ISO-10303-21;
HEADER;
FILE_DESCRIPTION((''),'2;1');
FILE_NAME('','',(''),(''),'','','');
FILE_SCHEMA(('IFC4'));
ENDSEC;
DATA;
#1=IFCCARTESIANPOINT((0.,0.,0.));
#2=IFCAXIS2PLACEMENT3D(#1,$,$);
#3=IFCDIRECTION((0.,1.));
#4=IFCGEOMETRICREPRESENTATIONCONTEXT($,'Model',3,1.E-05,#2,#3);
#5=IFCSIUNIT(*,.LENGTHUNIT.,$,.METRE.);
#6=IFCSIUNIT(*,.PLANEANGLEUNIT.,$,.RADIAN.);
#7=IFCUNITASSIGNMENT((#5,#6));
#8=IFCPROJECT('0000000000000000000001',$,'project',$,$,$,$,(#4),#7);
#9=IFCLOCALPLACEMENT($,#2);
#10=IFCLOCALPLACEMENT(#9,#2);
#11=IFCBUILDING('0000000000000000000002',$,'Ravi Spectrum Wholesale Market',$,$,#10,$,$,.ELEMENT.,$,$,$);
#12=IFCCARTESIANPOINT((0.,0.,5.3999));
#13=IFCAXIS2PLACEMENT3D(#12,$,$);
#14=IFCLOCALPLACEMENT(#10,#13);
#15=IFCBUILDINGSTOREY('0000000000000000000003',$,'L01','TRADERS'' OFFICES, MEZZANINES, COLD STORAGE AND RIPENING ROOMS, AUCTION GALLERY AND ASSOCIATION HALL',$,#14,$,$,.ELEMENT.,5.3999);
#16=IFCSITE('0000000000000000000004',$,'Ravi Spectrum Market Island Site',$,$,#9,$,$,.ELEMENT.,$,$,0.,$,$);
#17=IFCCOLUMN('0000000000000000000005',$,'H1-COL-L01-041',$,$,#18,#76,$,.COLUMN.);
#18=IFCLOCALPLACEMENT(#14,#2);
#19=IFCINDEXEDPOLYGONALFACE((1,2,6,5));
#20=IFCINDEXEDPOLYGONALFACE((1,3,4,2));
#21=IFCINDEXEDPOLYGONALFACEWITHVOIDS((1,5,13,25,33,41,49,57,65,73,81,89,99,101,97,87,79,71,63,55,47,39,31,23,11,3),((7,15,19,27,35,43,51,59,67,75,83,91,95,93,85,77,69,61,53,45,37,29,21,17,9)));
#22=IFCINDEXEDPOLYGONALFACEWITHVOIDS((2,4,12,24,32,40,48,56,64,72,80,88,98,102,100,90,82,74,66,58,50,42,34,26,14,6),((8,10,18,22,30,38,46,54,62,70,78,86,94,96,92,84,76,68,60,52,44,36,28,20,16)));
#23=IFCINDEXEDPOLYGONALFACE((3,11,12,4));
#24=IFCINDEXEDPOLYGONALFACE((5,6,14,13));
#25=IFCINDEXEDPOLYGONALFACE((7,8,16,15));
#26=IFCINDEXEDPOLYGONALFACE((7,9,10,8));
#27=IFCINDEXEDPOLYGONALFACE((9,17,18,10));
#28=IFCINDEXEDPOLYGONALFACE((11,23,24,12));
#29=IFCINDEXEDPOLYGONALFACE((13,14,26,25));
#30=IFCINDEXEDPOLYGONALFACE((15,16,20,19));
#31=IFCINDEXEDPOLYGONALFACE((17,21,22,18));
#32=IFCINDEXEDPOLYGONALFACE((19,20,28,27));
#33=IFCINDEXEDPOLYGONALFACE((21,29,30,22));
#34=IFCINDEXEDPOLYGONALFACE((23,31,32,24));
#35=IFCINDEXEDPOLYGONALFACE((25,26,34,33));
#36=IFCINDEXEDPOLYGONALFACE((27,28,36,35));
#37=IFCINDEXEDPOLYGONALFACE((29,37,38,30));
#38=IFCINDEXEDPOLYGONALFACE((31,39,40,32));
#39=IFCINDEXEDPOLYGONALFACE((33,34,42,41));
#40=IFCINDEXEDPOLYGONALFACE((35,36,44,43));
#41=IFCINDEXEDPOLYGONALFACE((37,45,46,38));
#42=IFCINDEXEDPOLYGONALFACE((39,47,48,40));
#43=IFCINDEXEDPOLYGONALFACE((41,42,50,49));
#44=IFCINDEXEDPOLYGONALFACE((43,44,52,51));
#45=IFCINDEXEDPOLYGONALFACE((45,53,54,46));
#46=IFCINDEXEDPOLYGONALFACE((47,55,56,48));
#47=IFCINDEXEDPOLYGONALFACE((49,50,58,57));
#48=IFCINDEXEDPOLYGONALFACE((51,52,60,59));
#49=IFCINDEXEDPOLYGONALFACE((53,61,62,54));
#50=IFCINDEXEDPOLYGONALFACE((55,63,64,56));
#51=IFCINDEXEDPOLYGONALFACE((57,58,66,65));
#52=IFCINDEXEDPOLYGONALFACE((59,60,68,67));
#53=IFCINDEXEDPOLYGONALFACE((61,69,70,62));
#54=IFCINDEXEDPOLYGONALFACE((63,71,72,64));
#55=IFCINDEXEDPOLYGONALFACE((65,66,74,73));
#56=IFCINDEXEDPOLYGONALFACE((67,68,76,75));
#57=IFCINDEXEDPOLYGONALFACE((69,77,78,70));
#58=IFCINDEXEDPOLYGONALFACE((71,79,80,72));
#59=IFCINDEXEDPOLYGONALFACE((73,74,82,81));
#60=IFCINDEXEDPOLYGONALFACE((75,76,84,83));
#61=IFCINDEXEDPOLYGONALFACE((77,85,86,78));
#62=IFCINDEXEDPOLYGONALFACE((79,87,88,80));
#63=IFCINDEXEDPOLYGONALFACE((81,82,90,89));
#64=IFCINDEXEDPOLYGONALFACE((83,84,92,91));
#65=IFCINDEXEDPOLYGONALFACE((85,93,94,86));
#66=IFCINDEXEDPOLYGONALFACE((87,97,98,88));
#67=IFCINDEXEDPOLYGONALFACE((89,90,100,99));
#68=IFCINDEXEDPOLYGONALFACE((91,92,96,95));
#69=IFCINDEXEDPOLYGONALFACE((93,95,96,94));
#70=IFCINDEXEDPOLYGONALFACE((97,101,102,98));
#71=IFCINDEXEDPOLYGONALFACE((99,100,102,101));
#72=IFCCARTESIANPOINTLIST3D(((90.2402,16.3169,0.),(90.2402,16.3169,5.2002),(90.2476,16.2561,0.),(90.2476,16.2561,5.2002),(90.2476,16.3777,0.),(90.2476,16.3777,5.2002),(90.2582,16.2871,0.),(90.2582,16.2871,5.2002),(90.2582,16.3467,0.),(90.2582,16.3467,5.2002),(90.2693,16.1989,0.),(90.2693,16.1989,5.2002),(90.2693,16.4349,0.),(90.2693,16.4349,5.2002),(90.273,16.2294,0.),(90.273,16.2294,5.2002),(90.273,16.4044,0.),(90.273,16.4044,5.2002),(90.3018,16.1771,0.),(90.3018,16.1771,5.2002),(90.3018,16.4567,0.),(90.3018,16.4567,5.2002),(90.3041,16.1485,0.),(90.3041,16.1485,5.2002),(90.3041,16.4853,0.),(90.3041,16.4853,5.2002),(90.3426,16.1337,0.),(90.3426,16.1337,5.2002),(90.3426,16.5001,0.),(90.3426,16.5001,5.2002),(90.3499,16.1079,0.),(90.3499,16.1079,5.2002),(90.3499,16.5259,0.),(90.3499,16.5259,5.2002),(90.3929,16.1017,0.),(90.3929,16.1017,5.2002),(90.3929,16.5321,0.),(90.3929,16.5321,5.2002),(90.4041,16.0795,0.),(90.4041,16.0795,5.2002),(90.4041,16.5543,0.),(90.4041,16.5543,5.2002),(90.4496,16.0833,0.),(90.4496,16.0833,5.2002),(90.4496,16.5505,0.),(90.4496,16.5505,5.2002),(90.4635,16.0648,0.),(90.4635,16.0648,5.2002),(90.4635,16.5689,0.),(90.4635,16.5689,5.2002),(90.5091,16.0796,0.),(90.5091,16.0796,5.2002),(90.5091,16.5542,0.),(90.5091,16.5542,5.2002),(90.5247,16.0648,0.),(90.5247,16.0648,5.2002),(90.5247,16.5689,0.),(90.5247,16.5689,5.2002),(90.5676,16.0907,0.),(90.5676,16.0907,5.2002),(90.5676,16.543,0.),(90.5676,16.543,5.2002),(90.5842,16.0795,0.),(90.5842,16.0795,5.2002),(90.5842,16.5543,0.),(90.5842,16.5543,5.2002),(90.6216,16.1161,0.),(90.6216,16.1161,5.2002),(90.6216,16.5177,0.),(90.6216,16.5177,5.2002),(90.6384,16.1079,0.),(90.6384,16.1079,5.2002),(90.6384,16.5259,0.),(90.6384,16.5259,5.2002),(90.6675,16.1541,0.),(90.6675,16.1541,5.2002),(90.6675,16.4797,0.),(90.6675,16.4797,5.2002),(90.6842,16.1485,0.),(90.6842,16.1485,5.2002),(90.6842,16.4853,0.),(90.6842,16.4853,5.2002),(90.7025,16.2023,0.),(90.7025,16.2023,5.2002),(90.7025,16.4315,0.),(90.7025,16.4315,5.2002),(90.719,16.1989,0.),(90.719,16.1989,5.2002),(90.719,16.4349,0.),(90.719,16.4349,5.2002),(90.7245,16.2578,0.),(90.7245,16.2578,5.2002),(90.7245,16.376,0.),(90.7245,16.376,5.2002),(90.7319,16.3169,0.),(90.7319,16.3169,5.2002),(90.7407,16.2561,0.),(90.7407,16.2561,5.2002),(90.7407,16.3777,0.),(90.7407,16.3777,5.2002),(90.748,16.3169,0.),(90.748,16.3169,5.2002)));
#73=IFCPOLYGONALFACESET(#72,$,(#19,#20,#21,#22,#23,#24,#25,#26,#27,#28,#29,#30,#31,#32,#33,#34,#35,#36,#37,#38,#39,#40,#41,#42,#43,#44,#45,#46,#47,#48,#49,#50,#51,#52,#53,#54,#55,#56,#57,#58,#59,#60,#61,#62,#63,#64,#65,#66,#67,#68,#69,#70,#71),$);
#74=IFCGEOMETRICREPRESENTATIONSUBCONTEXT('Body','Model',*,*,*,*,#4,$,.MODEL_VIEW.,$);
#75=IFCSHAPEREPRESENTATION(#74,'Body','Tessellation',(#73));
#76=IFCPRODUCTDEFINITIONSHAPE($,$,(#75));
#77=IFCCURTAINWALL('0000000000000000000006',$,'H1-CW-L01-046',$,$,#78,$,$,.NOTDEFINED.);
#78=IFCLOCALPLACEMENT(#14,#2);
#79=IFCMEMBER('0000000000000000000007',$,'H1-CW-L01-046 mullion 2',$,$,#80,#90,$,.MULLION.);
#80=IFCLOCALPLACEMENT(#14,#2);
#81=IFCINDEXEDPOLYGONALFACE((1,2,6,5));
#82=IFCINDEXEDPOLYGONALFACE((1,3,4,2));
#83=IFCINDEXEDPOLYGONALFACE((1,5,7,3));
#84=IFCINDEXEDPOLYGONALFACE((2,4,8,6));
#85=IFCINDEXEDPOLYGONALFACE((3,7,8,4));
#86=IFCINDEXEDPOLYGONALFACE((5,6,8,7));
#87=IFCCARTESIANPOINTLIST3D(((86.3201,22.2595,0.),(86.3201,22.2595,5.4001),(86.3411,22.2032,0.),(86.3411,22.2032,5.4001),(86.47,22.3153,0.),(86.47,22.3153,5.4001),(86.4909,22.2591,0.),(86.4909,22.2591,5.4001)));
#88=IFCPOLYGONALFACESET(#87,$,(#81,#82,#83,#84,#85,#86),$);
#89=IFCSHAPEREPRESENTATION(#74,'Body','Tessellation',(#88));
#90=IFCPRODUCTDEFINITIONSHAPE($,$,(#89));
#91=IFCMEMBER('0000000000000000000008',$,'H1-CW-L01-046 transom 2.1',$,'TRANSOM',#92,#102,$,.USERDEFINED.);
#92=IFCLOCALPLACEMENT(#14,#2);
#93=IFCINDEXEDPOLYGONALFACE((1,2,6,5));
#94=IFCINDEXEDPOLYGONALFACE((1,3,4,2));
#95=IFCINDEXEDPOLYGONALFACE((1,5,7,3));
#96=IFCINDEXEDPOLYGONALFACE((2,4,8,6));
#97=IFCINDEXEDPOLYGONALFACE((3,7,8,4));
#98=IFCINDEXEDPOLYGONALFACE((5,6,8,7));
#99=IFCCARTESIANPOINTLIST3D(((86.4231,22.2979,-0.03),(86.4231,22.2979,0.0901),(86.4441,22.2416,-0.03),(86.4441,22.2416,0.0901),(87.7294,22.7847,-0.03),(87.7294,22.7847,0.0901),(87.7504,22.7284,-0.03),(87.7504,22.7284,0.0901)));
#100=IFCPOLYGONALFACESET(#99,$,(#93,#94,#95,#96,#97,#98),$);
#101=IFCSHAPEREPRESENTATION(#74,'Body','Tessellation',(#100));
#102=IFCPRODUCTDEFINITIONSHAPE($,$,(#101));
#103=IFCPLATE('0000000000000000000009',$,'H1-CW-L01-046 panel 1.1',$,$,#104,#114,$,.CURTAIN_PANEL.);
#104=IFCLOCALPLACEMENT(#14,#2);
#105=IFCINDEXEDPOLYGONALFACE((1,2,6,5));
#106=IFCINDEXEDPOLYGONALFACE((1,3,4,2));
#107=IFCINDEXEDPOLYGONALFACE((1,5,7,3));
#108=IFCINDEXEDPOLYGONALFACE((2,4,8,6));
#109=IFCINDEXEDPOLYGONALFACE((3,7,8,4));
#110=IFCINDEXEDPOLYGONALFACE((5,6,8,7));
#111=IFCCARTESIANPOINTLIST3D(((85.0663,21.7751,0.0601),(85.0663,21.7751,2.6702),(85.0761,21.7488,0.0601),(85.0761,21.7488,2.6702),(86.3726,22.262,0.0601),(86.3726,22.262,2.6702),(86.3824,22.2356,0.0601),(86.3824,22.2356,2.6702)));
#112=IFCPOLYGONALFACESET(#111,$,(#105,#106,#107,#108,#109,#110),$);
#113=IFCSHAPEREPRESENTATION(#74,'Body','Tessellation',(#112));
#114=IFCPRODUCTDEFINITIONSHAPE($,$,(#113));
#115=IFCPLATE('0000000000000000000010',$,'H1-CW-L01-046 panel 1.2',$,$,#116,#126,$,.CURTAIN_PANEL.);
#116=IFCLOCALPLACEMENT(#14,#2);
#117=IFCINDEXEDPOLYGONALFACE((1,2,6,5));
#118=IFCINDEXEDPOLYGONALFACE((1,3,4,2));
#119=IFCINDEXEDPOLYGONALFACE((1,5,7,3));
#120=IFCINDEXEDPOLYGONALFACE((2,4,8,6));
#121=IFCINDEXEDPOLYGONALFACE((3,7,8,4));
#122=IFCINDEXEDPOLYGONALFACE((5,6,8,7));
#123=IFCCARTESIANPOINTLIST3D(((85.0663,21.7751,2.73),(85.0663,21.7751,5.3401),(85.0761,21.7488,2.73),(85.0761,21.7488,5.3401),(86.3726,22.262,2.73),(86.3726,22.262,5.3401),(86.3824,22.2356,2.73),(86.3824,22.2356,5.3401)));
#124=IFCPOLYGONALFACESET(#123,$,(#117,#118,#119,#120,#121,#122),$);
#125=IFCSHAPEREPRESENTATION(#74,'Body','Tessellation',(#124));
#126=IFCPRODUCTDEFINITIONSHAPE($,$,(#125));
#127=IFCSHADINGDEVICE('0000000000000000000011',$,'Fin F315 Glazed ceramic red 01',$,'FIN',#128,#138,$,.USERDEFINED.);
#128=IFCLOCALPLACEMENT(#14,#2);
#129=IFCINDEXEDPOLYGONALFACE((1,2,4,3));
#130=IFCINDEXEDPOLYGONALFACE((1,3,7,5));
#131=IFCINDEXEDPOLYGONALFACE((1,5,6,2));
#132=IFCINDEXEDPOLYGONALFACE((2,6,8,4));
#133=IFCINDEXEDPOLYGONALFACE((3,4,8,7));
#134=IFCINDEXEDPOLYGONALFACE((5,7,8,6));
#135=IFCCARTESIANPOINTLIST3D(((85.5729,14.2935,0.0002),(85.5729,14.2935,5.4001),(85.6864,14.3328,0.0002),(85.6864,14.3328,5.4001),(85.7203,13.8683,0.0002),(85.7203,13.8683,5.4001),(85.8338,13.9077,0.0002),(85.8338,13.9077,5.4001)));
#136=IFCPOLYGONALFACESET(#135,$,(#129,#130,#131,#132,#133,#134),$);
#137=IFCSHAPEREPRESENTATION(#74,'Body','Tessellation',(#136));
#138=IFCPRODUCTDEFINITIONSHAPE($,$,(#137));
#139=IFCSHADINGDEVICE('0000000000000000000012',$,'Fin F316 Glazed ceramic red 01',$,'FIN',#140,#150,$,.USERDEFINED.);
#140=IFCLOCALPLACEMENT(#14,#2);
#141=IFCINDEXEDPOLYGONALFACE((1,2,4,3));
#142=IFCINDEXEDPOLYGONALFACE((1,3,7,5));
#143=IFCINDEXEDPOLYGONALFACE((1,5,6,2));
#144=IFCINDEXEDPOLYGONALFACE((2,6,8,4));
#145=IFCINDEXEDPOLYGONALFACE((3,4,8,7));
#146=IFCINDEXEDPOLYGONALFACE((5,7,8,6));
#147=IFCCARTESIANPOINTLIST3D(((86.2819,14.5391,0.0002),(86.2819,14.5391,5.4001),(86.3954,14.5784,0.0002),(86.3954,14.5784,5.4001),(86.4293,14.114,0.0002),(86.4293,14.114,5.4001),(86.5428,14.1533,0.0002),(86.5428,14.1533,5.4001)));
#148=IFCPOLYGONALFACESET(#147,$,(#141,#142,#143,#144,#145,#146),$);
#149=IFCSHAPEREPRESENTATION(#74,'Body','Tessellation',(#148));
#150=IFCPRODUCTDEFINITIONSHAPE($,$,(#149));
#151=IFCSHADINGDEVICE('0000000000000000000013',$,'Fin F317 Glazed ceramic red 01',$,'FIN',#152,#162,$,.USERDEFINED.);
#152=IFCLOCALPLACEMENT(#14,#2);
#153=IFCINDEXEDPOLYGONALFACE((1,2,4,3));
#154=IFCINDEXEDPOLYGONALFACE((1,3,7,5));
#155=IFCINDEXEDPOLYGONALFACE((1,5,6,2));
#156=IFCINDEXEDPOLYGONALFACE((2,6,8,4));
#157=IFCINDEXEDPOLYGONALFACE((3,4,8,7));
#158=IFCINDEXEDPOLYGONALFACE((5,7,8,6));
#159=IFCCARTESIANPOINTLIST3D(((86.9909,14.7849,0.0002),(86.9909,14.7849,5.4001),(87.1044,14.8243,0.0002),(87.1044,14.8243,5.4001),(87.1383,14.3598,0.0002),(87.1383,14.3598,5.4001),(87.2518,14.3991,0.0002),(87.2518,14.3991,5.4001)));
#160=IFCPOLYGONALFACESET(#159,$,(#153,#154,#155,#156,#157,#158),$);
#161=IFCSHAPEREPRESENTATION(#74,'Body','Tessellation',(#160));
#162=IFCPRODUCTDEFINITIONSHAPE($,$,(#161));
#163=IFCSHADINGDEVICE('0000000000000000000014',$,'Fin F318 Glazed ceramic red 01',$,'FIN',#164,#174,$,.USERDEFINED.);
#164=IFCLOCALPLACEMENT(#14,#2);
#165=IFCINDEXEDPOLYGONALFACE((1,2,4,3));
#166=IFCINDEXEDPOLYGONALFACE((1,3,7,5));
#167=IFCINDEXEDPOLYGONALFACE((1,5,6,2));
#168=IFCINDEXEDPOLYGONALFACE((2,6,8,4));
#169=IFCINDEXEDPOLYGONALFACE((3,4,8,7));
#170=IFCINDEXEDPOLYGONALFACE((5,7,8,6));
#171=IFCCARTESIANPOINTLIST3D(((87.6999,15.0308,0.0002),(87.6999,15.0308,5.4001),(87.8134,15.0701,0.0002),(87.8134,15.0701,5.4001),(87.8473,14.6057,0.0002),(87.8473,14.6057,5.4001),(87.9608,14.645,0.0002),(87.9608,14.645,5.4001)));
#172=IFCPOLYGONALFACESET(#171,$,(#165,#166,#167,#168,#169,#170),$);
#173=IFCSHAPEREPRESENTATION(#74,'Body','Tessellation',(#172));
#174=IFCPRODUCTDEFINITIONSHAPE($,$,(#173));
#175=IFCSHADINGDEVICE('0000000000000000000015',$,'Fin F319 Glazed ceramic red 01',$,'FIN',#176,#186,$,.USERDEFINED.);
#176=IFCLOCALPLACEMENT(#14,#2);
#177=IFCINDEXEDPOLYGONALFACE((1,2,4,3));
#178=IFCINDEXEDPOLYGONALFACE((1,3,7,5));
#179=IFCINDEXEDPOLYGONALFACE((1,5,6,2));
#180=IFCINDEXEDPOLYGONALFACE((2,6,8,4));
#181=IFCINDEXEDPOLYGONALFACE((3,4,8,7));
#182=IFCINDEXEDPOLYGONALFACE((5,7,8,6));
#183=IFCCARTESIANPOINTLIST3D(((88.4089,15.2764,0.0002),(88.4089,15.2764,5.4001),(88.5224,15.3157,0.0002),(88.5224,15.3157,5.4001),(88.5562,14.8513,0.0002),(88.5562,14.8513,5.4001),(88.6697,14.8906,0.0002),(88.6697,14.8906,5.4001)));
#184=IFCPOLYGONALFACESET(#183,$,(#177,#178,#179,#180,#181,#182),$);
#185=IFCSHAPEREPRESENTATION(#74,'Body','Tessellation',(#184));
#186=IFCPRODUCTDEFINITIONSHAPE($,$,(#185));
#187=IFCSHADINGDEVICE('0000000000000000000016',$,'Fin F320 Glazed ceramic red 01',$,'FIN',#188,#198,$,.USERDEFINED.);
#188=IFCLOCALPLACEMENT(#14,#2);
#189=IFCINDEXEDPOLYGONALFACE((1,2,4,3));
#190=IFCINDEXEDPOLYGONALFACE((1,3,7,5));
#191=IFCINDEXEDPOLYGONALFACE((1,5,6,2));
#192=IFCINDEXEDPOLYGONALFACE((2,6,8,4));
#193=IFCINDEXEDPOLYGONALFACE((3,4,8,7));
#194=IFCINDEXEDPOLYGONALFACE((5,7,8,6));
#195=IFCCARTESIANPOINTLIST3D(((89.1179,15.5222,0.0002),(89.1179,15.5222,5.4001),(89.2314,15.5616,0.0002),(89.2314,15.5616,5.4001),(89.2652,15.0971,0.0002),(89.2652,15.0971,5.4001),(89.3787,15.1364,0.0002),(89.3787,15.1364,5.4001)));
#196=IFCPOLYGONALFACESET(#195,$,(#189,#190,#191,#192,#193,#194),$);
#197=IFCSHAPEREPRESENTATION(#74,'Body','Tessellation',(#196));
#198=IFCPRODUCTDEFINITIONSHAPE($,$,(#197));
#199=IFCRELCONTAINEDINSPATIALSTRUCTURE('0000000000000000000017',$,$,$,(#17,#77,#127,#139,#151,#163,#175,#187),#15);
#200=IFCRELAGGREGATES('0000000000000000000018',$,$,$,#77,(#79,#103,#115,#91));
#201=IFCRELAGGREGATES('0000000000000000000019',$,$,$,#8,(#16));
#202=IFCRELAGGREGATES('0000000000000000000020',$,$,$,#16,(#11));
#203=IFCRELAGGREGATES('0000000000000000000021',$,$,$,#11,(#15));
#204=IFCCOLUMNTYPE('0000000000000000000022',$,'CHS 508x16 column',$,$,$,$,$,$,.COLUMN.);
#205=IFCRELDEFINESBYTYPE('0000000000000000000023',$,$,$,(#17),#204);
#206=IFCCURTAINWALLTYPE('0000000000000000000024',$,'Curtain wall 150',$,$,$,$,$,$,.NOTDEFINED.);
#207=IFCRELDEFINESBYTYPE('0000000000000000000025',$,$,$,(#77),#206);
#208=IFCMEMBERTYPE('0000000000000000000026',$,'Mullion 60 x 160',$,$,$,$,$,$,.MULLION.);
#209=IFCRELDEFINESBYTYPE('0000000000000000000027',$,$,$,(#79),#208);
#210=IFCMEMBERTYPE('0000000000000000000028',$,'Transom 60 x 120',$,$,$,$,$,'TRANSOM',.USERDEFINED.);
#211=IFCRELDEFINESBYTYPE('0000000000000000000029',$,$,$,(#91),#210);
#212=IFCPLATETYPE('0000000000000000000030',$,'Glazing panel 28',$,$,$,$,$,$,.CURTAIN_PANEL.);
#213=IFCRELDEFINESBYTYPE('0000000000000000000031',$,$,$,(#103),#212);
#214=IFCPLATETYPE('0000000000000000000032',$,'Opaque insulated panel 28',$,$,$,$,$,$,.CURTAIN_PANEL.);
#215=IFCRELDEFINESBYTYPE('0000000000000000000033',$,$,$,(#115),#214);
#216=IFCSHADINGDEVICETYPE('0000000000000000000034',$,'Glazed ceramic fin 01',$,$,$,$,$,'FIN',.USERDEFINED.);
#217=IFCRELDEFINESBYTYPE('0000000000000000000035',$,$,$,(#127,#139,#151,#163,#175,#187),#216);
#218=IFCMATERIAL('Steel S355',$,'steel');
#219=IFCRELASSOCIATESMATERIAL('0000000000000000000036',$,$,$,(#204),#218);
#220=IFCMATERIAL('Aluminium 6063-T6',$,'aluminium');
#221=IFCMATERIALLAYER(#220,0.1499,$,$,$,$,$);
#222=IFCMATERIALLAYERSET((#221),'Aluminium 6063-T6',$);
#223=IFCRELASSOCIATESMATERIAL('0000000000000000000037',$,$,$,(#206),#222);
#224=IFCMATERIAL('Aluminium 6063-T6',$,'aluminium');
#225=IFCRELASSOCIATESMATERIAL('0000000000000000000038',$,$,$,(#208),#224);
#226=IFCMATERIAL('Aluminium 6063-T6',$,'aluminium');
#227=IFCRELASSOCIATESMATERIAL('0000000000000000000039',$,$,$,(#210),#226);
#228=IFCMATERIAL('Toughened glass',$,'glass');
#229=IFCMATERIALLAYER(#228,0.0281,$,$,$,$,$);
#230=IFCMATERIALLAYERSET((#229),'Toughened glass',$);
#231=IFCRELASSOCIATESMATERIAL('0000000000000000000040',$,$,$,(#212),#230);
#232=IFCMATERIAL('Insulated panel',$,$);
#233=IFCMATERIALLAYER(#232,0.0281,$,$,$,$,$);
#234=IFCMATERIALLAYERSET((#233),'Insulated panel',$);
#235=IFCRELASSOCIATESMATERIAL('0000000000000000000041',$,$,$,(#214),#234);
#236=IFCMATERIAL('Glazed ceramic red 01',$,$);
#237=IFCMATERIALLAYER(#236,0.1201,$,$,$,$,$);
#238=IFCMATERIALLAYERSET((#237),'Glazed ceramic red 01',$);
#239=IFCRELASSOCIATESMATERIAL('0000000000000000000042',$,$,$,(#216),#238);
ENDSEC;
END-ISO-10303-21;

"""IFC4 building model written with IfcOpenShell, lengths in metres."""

from ifc_helpers import new_model, si_unit, direction, frame, origin, origin_2d, place, context, subcontext, project, spatial, rectangle, hollow_circle, extrude, material, layer, layer_set, material_profile, profile_set, type_object, element, aggregate, save


model = new_model("IFC4")

# Units and contexts
model_context = context("Model", 3, precision=1e-05, world=origin(), true_north=direction((0.0, 1.0)))
body_context = subcontext(model_context, "Body", "Model", "MODEL_VIEW")
ifc_project = project(units=[si_unit("LENGTHUNIT", "METRE"), si_unit("PLANEANGLEUNIT", "RADIAN")], contexts=[model_context])

# Site, building, storey
site_placement = place(None, origin())
site = spatial("IfcSite", under=ifc_project, at=site_placement, Name="Ravi Spectrum Market Island Site", CompositionType="ELEMENT", RefElevation=0.0)
building_placement = place(site_placement, origin())
building = spatial("IfcBuilding", under=site, at=building_placement, Name="Ravi Spectrum Wholesale Market", CompositionType="ELEMENT")
storey_placement = place(building_placement, frame((0.0, 0.0, 5.3999)))
storey = spatial("IfcBuildingStorey", under=building, at=storey_placement, Name="L01", Description="TRADERS' OFFICES, MEZZANINES, COLD STORAGE AND RIPENING ROOMS, AUCTION GALLERY AND ASSOCIATION HALL", CompositionType="ELEMENT", Elevation=5.3999)

# Column
ifc_material_1 = material(Name="Steel S355", Category="steel")
ifc_material_profile_1 = material_profile(ifc_material_1, hollow_circle(Radius=0.2539, WallThickness=0.0161, at=origin_2d()))
ifc_profile_set_1 = profile_set([ifc_material_profile_1], Name="Steel S355")
column_type = type_object("IfcColumnType", Name="CHS 508x16 column", PredefinedType="COLUMN", material=ifc_profile_set_1)
column_placement = place(storey_placement, frame((90.4941, 16.3169, 0.0), z_axis=(0.0, 0.0, 1.0), x_axis=(1.0, 0.0, 0.0)))
element("IfcColumn", 1, at=column_placement, inside=storey, type_object=column_type, Name="H1-COL-L01-041", PredefinedType="COLUMN", context=body_context, shape_type="SweptSolid", body=[
    extrude(hollow_circle(Radius=0.2539, WallThickness=0.0161, at=origin_2d()), origin(), (0.0, 0.0, 1.0), 5.2002),
])

# Curtain wall, members, plates
ifc_material_2 = material(Name="Aluminium 6063-T6", Category="aluminium")
ifc_layer_1 = layer(ifc_material_2, 0.1499)
ifc_layer_set_1 = layer_set([ifc_layer_1], Name="Aluminium 6063-T6")
curtain_wall_type = type_object("IfcCurtainWallType", Name="Curtain wall 150", PredefinedType="NOTDEFINED", material=ifc_layer_set_1)
curtain_wall_placement = place(storey_placement, origin())
curtain_wall = element("IfcCurtainWall", 2, at=curtain_wall_placement, inside=storey, type_object=curtain_wall_type, Name="H1-CW-L01-046", PredefinedType="NOTDEFINED")
ifc_material_3 = material(Name="Aluminium 6063-T6", Category="aluminium")
ifc_material_profile_2 = material_profile(ifc_material_3, rectangle(XDim=0.0601, YDim=0.1599, at=origin_2d()))
ifc_profile_set_2 = profile_set([ifc_material_profile_2], Name="Aluminium 6063-T6")
member_type_1 = type_object("IfcMemberType", Name="Mullion 60 x 160", PredefinedType="MULLION", material=ifc_profile_set_2)
member_1_placement = place(storey_placement, frame((86.4055, 22.2593, 0.0), z_axis=(0.0, 0.0, 1.0), x_axis=(-0.349238, 0.937034, 0.0)))
member_1 = element("IfcMember", 3, at=member_1_placement, type_object=member_type_1, Name="H1-CW-L01-046 mullion 2", PredefinedType="MULLION", context=body_context, shape_type="SweptSolid", body=[
    extrude(rectangle(XDim=0.0601, YDim=0.1599, at=origin_2d()), origin(), (0.0, 0.0, 1.0), 5.4001),
])
ifc_material_4 = material(Name="Aluminium 6063-T6", Category="aluminium")
ifc_material_profile_3 = material_profile(ifc_material_4, rectangle(XDim=0.0601, YDim=0.1201, at=origin_2d()))
ifc_profile_set_3 = profile_set([ifc_material_profile_3], Name="Aluminium 6063-T6")
member_type_2 = type_object("IfcMemberType", Name="Transom 60 x 120", ElementType="TRANSOM", PredefinedType="USERDEFINED", material=ifc_profile_set_3)
member_2_placement = place(storey_placement, frame((86.4336, 22.2698, 0.03), z_axis=(0.937054, 0.349184, 0.0), x_axis=(-0.349184, 0.937054, 0.0)))
member_2 = element("IfcMember", 4, at=member_2_placement, type_object=member_type_2, Name="H1-CW-L01-046 transom 2.1", ObjectType="TRANSOM", PredefinedType="USERDEFINED", context=body_context, shape_type="SweptSolid", body=[
    extrude(rectangle(XDim=0.0601, YDim=0.1201, at=origin_2d()), origin(), (0.0, 0.0, 1.0), 1.394),
])
ifc_material_5 = material(Name="Toughened glass", Category="glass")
ifc_layer_2 = layer(ifc_material_5, 0.0281)
ifc_layer_set_2 = layer_set([ifc_layer_2], Name="Toughened glass")
plate_type_1 = type_object("IfcPlateType", Name="Glazing panel 28", PredefinedType="CURTAIN_PANEL", material=ifc_layer_set_2)
plate_1_placement = place(storey_placement, frame((85.7244, 22.0054, 0.0601), z_axis=(0.0, 0.0, 1.0), x_axis=(0.937034, 0.349238, 0.0)))
plate_1 = element("IfcPlate", 5, at=plate_1_placement, type_object=plate_type_1, Name="H1-CW-L01-046 panel 1.1", PredefinedType="CURTAIN_PANEL", context=body_context, shape_type="SweptSolid", body=[
    extrude(rectangle(XDim=1.394, YDim=0.0281, at=origin_2d()), origin(), (0.0, 0.0, 1.0), 2.6101),
])
ifc_material_6 = material(Name="Insulated panel")
ifc_layer_3 = layer(ifc_material_6, 0.0281)
ifc_layer_set_3 = layer_set([ifc_layer_3], Name="Insulated panel")
plate_type_2 = type_object("IfcPlateType", Name="Opaque insulated panel 28", PredefinedType="CURTAIN_PANEL", material=ifc_layer_set_3)
plate_2_placement = place(storey_placement, frame((85.7244, 22.0054, 2.73), z_axis=(0.0, 0.0, 1.0), x_axis=(0.937034, 0.349238, 0.0)))
plate_2 = element("IfcPlate", 6, at=plate_2_placement, type_object=plate_type_2, Name="H1-CW-L01-046 panel 1.2", PredefinedType="CURTAIN_PANEL", context=body_context, shape_type="SweptSolid", body=[
    extrude(rectangle(XDim=1.394, YDim=0.0281, at=origin_2d()), origin(), (0.0, 0.0, 1.0), 2.6101),
])
aggregate(curtain_wall, [member_1, plate_1, plate_2, member_2])

# Shading devices
ifc_material_7 = material(Name="Glazed ceramic red 01")
ifc_layer_4 = layer(ifc_material_7, 0.1201)
ifc_layer_set_4 = layer_set([ifc_layer_4], Name="Glazed ceramic red 01")
shading_device_type = type_object("IfcShadingDeviceType", Name="Glazed ceramic fin 01", ElementType="FIN", PredefinedType="USERDEFINED", material=ifc_layer_set_4)
for number, where, z_axis, x_axis, name in (
    (7, (85.7034, 14.1006, 0.0002), (0.0, 0.0, 1.0), (0.944847, 0.327512, 0.0), "Fin F315 Glazed ceramic red 01"),
    (8, (86.4124, 14.3462, 0.0002), (0.0, 0.0, 1.0), (0.944847, 0.327512, 0.0), "Fin F316 Glazed ceramic red 01"),
    (9, (87.1213, 14.592, 0.0002), (0.0, 0.0, 1.0), (0.944847, 0.327512, 0.0), "Fin F317 Glazed ceramic red 01"),
    (10, (87.8303, 14.8379, 0.0002), (0.0, 0.0, 1.0), (0.944847, 0.327512, 0.0), "Fin F318 Glazed ceramic red 01"),
    (11, (88.5393, 15.0835, 0.0002), (0.0, 0.0, 1.0), (0.944847, 0.327512, 0.0), "Fin F319 Glazed ceramic red 01"),
    (12, (89.2483, 15.3293, 0.0002), (0.0, 0.0, 1.0), (0.944847, 0.327512, 0.0), "Fin F320 Glazed ceramic red 01"),
):
    element("IfcShadingDevice", number, at=place(storey_placement, frame(where, z_axis=z_axis, x_axis=x_axis)), inside=storey, type_object=shading_device_type, Name=name, ObjectType="FIN", PredefinedType="USERDEFINED", context=body_context, shape_type="SweptSolid", body=[
        extrude(rectangle(XDim=0.1201, YDim=0.45, at=origin_2d()), origin(), (0.0, 0.0, 1.0), 5.3999),
    ])

save(model, "model.ifc")
